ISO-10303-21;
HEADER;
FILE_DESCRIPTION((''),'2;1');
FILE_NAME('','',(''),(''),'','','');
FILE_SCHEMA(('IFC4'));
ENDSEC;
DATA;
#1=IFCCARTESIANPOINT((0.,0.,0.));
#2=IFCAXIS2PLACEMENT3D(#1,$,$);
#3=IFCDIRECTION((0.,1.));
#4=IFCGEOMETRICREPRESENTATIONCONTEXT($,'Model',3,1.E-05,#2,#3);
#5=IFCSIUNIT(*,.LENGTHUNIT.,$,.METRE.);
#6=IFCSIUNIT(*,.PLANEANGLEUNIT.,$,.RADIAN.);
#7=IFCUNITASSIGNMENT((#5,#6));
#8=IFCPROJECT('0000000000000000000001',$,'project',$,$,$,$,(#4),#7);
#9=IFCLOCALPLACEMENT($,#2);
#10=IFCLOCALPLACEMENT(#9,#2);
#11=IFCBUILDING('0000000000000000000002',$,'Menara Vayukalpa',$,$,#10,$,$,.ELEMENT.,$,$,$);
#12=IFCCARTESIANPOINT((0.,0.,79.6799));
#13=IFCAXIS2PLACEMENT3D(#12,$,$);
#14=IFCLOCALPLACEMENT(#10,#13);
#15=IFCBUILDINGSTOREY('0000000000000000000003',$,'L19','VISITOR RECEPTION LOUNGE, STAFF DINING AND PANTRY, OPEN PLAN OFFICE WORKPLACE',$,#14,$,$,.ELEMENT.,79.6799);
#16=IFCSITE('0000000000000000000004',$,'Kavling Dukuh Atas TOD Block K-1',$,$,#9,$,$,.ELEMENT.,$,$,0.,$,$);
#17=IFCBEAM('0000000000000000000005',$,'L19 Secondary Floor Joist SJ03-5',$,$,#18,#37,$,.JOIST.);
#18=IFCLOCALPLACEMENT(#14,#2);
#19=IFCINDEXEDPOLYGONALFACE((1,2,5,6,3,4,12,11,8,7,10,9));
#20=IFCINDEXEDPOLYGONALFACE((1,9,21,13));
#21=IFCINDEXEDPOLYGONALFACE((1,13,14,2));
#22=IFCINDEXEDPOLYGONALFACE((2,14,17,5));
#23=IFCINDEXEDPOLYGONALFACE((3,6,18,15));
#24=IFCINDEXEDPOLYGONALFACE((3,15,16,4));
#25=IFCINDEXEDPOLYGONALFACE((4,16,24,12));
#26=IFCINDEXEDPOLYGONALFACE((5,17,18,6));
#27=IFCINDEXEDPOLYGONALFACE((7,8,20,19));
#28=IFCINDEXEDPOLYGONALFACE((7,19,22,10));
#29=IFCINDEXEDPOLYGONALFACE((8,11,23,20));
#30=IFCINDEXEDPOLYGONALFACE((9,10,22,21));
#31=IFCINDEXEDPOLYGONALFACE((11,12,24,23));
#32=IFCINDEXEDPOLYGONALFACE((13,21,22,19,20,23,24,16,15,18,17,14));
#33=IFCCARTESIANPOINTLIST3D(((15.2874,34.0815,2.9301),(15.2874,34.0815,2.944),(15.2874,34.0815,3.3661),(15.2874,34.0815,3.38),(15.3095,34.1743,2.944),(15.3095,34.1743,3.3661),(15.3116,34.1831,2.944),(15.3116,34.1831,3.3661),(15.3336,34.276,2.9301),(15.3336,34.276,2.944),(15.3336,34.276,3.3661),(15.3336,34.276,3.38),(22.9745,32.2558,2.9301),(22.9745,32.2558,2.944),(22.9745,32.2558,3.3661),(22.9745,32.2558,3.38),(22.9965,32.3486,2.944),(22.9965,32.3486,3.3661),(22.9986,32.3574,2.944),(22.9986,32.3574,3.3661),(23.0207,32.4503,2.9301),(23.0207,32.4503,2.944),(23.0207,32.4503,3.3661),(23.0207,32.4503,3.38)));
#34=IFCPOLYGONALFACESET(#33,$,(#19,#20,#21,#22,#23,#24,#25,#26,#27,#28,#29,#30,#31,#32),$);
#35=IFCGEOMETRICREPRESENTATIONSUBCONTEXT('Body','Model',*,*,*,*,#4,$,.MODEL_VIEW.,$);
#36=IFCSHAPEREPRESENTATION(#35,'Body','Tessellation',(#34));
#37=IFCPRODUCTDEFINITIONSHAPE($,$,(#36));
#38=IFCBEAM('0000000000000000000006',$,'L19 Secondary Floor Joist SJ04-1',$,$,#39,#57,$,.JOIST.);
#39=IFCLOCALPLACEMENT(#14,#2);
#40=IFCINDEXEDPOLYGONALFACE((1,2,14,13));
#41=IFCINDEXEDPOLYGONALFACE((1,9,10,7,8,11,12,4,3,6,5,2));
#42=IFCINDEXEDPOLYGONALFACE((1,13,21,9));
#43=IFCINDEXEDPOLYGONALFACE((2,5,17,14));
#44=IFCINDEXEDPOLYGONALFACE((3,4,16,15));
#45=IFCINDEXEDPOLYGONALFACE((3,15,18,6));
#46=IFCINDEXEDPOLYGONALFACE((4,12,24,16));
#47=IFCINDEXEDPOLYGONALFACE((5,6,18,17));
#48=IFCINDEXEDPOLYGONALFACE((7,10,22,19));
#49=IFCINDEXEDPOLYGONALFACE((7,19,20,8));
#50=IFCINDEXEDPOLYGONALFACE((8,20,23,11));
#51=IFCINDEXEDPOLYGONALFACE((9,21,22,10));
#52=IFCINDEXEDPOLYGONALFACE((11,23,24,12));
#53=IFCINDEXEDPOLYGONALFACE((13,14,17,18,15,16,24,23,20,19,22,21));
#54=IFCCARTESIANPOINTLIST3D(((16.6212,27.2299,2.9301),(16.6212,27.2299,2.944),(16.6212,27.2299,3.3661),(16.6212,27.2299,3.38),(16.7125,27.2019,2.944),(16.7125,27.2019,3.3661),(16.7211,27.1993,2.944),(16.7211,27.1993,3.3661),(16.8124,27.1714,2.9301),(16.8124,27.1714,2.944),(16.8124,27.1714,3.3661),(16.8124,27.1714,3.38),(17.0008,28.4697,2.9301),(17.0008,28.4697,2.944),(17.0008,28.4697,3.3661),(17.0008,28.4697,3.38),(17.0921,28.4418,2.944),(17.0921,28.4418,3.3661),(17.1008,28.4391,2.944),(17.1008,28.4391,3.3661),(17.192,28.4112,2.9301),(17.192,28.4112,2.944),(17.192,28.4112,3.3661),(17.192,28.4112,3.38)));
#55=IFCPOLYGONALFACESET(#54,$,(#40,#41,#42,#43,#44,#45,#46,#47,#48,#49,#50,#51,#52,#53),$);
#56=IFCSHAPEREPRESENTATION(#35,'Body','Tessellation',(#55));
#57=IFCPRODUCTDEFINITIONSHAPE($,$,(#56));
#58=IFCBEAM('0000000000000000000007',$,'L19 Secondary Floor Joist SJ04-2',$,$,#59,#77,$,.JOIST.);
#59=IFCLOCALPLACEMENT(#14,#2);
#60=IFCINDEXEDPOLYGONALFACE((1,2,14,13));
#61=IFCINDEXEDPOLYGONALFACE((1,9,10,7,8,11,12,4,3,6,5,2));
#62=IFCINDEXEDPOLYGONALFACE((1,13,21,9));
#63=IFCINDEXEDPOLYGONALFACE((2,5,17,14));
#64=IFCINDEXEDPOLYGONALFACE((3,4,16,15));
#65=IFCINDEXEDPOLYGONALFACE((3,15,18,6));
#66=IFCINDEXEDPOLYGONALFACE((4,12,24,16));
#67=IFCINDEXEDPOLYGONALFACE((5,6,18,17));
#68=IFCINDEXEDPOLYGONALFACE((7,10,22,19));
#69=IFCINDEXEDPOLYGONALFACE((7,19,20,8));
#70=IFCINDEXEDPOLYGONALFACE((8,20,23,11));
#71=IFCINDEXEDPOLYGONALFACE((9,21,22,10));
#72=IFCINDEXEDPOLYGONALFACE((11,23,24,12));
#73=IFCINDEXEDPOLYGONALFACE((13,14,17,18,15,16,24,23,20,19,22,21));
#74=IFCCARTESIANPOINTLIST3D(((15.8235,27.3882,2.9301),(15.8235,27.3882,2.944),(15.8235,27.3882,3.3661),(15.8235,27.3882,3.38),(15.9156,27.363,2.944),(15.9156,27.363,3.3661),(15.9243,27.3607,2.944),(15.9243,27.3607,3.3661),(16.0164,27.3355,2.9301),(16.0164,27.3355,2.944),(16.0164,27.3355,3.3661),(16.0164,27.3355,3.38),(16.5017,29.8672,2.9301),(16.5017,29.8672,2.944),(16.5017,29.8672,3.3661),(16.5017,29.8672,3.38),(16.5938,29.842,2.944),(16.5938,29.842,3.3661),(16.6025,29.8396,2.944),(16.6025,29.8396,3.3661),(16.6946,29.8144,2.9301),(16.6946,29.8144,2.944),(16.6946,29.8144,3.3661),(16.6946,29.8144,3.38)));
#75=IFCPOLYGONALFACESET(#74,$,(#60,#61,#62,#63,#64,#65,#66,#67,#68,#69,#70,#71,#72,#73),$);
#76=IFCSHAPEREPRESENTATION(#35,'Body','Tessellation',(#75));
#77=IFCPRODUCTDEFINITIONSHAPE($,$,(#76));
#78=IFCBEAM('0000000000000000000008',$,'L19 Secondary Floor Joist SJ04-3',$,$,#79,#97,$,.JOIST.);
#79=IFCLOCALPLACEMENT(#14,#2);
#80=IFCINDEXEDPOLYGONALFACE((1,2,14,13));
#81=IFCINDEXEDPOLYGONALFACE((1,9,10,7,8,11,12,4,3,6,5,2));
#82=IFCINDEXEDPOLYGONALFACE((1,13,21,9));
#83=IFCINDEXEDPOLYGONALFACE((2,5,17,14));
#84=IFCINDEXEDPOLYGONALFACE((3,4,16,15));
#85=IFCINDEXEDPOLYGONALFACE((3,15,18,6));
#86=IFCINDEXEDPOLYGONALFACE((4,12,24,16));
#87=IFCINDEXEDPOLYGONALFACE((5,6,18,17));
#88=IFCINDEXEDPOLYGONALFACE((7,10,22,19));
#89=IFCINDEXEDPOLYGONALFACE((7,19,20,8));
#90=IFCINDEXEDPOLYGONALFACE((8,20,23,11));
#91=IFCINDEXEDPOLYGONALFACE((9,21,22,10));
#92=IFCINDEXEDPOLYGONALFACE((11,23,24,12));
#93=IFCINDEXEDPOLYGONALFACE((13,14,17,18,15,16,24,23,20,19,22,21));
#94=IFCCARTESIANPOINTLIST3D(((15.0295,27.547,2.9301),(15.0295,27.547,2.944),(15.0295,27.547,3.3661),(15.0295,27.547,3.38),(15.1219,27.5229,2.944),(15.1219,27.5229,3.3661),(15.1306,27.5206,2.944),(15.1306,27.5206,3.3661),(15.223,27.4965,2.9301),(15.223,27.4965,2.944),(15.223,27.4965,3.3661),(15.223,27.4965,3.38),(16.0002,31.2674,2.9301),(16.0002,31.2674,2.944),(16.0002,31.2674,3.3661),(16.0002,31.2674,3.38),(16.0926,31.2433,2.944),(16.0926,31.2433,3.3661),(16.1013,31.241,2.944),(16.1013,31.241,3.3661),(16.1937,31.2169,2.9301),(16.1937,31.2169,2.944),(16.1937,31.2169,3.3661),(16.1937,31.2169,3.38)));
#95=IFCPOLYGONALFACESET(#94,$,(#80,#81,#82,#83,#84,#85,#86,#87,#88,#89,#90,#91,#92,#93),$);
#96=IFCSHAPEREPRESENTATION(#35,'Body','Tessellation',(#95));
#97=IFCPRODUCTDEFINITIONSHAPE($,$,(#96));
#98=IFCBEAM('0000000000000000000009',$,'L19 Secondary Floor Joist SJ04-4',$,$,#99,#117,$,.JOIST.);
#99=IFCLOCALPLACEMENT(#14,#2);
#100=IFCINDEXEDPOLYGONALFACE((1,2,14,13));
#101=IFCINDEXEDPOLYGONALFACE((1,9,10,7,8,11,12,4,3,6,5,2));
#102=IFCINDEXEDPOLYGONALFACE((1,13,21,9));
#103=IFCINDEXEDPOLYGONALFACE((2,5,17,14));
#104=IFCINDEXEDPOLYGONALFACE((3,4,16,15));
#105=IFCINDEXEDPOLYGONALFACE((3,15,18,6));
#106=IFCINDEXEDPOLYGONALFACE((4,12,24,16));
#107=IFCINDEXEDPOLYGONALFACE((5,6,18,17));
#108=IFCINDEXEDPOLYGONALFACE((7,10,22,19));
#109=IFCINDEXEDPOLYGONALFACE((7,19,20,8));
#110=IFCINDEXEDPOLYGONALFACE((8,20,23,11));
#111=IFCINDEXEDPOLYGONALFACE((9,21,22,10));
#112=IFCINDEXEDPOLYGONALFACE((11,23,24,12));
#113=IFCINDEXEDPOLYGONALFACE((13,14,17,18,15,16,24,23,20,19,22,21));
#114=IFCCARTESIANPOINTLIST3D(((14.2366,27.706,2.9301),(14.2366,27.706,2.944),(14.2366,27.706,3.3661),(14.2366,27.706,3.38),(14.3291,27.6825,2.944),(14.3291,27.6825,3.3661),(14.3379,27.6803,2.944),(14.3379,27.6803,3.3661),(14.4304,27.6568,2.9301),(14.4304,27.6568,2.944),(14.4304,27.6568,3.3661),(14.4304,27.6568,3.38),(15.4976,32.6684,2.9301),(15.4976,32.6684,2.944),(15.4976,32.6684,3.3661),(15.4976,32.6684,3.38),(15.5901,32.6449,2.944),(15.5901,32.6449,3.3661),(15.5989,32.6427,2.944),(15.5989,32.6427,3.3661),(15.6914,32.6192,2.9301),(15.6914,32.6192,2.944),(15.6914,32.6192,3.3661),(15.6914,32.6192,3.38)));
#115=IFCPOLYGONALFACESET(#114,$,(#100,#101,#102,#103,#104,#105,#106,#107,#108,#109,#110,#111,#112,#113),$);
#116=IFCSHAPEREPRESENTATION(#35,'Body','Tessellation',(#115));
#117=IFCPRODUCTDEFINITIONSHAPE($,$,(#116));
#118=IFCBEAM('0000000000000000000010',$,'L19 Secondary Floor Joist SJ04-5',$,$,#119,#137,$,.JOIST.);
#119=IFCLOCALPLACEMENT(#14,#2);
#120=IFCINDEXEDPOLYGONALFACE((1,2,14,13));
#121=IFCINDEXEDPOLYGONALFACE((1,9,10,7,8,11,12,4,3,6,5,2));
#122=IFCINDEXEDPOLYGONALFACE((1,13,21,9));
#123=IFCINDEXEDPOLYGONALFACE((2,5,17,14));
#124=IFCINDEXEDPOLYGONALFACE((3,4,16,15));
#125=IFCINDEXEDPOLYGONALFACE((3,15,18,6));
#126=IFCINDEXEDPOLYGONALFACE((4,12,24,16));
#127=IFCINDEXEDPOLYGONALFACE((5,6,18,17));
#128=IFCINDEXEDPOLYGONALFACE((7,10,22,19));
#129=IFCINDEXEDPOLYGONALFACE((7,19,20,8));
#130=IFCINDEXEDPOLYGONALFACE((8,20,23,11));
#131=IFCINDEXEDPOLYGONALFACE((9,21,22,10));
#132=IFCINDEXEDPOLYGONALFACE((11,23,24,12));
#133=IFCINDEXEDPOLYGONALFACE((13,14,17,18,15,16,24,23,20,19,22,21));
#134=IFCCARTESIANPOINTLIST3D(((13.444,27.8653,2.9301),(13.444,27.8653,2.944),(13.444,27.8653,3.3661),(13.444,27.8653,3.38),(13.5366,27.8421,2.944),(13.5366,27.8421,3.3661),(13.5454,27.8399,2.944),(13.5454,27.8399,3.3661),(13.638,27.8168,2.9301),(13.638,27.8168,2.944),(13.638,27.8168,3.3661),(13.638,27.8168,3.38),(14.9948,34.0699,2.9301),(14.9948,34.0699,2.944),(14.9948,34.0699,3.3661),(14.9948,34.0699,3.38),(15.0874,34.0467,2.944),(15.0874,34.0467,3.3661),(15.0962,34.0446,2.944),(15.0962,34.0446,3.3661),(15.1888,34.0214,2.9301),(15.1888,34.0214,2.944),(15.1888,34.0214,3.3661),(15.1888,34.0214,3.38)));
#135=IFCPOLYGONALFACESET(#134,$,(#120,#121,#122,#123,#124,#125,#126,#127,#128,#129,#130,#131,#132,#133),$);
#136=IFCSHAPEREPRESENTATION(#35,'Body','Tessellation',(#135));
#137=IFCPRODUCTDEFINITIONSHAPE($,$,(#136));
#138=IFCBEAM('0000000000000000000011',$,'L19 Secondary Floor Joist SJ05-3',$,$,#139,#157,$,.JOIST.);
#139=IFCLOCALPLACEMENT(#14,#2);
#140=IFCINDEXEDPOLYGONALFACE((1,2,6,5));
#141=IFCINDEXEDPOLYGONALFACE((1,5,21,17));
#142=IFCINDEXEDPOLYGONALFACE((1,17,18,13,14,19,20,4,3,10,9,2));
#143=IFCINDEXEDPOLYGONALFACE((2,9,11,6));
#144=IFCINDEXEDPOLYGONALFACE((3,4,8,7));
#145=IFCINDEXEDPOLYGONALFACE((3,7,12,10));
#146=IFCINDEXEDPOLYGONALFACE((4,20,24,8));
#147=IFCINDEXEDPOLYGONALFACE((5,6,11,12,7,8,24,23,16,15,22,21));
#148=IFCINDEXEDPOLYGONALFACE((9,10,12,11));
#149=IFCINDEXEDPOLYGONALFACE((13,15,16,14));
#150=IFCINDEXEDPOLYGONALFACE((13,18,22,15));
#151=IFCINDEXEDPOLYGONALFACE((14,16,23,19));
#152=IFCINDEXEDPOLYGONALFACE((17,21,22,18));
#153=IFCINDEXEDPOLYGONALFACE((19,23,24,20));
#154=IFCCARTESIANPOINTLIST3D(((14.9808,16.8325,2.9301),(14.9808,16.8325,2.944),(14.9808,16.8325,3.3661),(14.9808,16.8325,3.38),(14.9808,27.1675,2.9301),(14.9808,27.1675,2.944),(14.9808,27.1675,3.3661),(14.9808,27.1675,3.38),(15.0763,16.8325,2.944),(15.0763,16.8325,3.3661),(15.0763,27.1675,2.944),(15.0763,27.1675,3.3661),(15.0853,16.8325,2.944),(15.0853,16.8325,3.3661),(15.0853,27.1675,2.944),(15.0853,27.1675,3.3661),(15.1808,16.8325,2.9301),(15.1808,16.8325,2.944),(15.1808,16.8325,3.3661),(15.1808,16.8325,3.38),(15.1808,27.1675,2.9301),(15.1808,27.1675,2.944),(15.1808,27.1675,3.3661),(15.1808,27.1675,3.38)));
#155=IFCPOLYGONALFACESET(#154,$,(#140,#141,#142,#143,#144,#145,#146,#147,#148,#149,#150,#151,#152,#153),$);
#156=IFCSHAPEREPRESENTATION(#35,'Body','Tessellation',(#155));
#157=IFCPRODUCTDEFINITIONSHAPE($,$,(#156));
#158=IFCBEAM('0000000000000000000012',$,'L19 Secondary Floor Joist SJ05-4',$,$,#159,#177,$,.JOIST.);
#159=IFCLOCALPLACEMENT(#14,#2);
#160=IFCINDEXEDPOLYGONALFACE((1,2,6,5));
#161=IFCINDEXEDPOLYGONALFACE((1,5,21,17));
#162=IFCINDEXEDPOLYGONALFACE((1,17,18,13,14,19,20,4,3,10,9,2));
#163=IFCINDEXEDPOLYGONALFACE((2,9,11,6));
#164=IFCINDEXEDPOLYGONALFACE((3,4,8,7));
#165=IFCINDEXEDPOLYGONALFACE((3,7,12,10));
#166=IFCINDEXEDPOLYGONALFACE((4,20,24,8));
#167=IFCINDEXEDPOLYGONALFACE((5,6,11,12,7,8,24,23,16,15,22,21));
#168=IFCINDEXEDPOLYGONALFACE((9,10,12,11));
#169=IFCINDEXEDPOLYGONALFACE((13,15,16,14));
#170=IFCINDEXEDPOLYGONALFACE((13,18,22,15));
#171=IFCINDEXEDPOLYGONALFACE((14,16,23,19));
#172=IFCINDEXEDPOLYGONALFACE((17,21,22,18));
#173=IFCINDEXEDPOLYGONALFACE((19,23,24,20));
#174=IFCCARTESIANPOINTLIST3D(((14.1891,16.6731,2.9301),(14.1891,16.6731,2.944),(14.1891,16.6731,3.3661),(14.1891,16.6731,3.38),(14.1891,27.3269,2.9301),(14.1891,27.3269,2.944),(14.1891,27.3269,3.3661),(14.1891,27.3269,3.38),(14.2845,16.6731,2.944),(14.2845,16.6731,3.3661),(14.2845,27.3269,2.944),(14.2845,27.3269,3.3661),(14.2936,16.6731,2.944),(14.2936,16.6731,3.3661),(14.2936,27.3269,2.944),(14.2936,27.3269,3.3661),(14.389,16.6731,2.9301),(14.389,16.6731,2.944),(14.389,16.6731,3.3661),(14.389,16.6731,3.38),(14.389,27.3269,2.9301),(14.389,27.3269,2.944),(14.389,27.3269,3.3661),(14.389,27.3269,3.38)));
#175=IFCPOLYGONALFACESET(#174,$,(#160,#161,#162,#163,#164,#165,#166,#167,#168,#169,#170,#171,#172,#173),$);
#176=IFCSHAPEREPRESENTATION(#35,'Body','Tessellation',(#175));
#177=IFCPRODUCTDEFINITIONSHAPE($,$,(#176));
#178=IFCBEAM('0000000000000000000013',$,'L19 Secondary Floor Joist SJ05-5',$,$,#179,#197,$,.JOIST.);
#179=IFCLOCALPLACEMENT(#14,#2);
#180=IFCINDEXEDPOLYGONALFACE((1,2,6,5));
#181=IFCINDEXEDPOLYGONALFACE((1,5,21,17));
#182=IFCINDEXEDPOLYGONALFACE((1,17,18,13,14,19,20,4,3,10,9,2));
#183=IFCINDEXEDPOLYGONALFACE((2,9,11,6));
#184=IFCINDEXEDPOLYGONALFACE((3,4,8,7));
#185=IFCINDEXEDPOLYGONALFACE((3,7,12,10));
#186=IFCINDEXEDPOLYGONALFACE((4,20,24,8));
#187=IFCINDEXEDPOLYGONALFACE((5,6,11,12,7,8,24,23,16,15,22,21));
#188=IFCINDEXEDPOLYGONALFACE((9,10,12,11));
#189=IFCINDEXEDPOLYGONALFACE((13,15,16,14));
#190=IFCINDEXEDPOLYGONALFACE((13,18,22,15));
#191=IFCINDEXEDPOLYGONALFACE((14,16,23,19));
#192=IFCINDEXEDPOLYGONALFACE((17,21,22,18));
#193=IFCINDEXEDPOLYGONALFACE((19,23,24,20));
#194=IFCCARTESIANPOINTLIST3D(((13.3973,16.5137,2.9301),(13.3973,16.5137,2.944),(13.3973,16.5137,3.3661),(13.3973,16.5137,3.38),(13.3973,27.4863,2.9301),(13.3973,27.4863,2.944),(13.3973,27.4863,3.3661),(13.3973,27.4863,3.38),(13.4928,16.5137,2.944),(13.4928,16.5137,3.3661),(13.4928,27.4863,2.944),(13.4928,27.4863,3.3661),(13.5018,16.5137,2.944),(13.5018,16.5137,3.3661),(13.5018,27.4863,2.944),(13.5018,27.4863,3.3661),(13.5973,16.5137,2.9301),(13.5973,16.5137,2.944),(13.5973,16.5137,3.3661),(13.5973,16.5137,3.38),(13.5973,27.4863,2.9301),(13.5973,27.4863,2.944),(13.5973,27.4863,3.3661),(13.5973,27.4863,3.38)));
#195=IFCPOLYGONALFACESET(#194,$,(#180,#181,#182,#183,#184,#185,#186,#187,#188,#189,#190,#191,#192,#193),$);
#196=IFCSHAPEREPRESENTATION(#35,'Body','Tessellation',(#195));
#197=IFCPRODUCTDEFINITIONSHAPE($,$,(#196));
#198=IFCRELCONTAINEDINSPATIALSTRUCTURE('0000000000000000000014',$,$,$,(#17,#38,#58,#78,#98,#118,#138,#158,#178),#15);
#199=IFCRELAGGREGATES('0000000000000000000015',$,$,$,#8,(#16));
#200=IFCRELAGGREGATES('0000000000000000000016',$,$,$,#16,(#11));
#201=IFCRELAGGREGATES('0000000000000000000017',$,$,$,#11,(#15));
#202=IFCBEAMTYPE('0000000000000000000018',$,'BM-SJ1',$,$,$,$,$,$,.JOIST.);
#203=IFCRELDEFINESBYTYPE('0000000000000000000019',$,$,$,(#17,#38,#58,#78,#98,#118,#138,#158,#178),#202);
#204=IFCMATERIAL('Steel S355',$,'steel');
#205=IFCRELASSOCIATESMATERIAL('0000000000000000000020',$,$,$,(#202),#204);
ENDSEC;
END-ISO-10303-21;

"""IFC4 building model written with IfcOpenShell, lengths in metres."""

from ifc_helpers import new_model, si_unit, direction, frame, origin, origin_2d, place, context, subcontext, project, spatial, i_section, extrude, material, material_profile, profile_set, type_object, element, save


model = new_model("IFC4")

# Units and contexts
model_context = context("Model", 3, precision=1e-05, world=origin(), true_north=direction((0.0, 1.0)))
body_context = subcontext(model_context, "Body", "Model", "MODEL_VIEW")
ifc_project = project(units=[si_unit("LENGTHUNIT", "METRE"), si_unit("PLANEANGLEUNIT", "RADIAN")], contexts=[model_context])

# Site, building, storey
site_placement = place(None, origin())
site = spatial("IfcSite", under=ifc_project, at=site_placement, Name="Kavling Dukuh Atas TOD Block K-1", CompositionType="ELEMENT", RefElevation=0.0)
building_placement = place(site_placement, origin())
building = spatial("IfcBuilding", under=site, at=building_placement, Name="Menara Vayukalpa", CompositionType="ELEMENT")
storey_placement = place(building_placement, frame((0.0, 0.0, 79.6799)))
storey = spatial("IfcBuildingStorey", under=building, at=storey_placement, Name="L19", Description="VISITOR RECEPTION LOUNGE, STAFF DINING AND PANTRY, OPEN PLAN OFFICE WORKPLACE", CompositionType="ELEMENT", Elevation=79.6799)

# Beams
ifc_material_1 = material(Name="Steel S355", Category="steel")
ifc_material_profile_1 = material_profile(ifc_material_1, i_section(OverallWidth=0.2, OverallDepth=0.45, WebThickness=0.009, FlangeThickness=0.0139, at=origin_2d()), Name="WF 450x200x9x14")
ifc_profile_set_1 = profile_set([ifc_material_profile_1], Name="Steel S355")
beam_type_1 = type_object("IfcBeamType", Name="BM-SJ1", PredefinedType="JOIST", material=ifc_profile_set_1)
beam_1_placement = place(storey_placement, frame((22.9976, 32.353, 3.155), z_axis=(-0.972936, 0.231075, 0.0), x_axis=(-0.231075, -0.972936, 0.0)))
element("IfcBeam", 1, at=beam_1_placement, inside=storey, type_object=beam_type_1, Name="L19 Secondary Floor Joist SJ03-5", PredefinedType="JOIST", context=body_context, shape_type="SweptSolid", body=[
    extrude(i_section(OverallWidth=0.2, OverallDepth=0.45, WebThickness=0.009, FlangeThickness=0.0139, at=origin_2d()), origin(), (0.0, 0.0, 1.0), 7.9009),
])
beam_2_placement = place(storey_placement, frame((17.0964, 28.4404, 3.155), z_axis=(-0.292802, -0.956173, 0.0), x_axis=(0.956173, -0.292802, 0.0)))
element("IfcBeam", 2, at=beam_2_placement, inside=storey, type_object=beam_type_1, Name="L19 Secondary Floor Joist SJ04-1", PredefinedType="JOIST", context=body_context, shape_type="SweptSolid", body=[
    extrude(i_section(OverallWidth=0.2, OverallDepth=0.45, WebThickness=0.009, FlangeThickness=0.0139, at=origin_2d()), origin(), (0.0, 0.0, 1.0), 1.2966),
])
beam_3_placement = place(storey_placement, frame((16.5981, 29.8408, 3.155), z_axis=(-0.263889, -0.964553, 0.0), x_axis=(0.964553, -0.263889, 0.0)))
element("IfcBeam", 3, at=beam_3_placement, inside=storey, type_object=beam_type_1, Name="L19 Secondary Floor Joist SJ04-2", PredefinedType="JOIST", context=body_context, shape_type="SweptSolid", body=[
    extrude(i_section(OverallWidth=0.2, OverallDepth=0.45, WebThickness=0.009, FlangeThickness=0.0139, at=origin_2d()), origin(), (0.0, 0.0, 1.0), 2.5701),
])
beam_4_placement = place(storey_placement, frame((16.0969, 31.2422, 3.155), z_axis=(-0.252458, -0.967608, 0.0), x_axis=(0.967608, -0.252458, 0.0)))
element("IfcBeam", 4, at=beam_4_placement, inside=storey, type_object=beam_type_1, Name="L19 Secondary Floor Joist SJ04-3", PredefinedType="JOIST", context=body_context, shape_type="SweptSolid", body=[
    extrude(i_section(OverallWidth=0.2, OverallDepth=0.45, WebThickness=0.009, FlangeThickness=0.0139, at=origin_2d()), origin(), (0.0, 0.0, 1.0), 3.845),
])
beam_5_placement = place(storey_placement, frame((15.5945, 32.6438, 3.155), z_axis=(-0.246281, -0.969198, 0.0), x_axis=(0.969198, -0.246281, 0.0)))
element("IfcBeam", 5, at=beam_5_placement, inside=storey, type_object=beam_type_1, Name="L19 Secondary Floor Joist SJ04-4", PredefinedType="JOIST", context=body_context, shape_type="SweptSolid", body=[
    extrude(i_section(OverallWidth=0.2, OverallDepth=0.45, WebThickness=0.009, FlangeThickness=0.0139, at=origin_2d()), origin(), (0.0, 0.0, 1.0), 5.1201),
])
beam_6_placement = place(storey_placement, frame((15.0918, 34.0457, 3.155), z_axis=(-0.242482, -0.970156, 0.0), x_axis=(0.970156, -0.242482, 0.0)))
element("IfcBeam", 6, at=beam_6_placement, inside=storey, type_object=beam_type_1, Name="L19 Secondary Floor Joist SJ04-5", PredefinedType="JOIST", context=body_context, shape_type="SweptSolid", body=[
    extrude(i_section(OverallWidth=0.2, OverallDepth=0.45, WebThickness=0.009, FlangeThickness=0.0139, at=origin_2d()), origin(), (0.0, 0.0, 1.0), 6.3955),
])
beam_7_placement = place(storey_placement, frame((15.0808, 27.1675, 3.155), z_axis=(0.0, -1.0, 0.0), x_axis=(1.0, 0.0, 0.0)))
element("IfcBeam", 7, at=beam_7_placement, inside=storey, type_object=beam_type_1, Name="L19 Secondary Floor Joist SJ05-3", PredefinedType="JOIST", context=body_context, shape_type="SweptSolid", body=[
    extrude(i_section(OverallWidth=0.2, OverallDepth=0.45, WebThickness=0.009, FlangeThickness=0.0139, at=origin_2d()), origin(), (0.0, 0.0, 1.0), 10.335),
])
beam_8_placement = place(storey_placement, frame((14.2891, 27.3269, 3.155), z_axis=(0.0, -1.0, 0.0), x_axis=(1.0, 0.0, 0.0)))
element("IfcBeam", 8, at=beam_8_placement, inside=storey, type_object=beam_type_1, Name="L19 Secondary Floor Joist SJ05-4", PredefinedType="JOIST", context=body_context, shape_type="SweptSolid", body=[
    extrude(i_section(OverallWidth=0.2, OverallDepth=0.45, WebThickness=0.009, FlangeThickness=0.0139, at=origin_2d()), origin(), (0.0, 0.0, 1.0), 10.6538),
])
beam_9_placement = place(storey_placement, frame((13.4973, 27.4863, 3.155), z_axis=(0.0, -1.0, 0.0), x_axis=(1.0, 0.0, 0.0)))
element("IfcBeam", 9, at=beam_9_placement, inside=storey, type_object=beam_type_1, Name="L19 Secondary Floor Joist SJ05-5", PredefinedType="JOIST", context=body_context, shape_type="SweptSolid", body=[
    extrude(i_section(OverallWidth=0.2, OverallDepth=0.45, WebThickness=0.009, FlangeThickness=0.0139, at=origin_2d()), origin(), (0.0, 0.0, 1.0), 10.9727),
])

save(model, "model.ifc")
